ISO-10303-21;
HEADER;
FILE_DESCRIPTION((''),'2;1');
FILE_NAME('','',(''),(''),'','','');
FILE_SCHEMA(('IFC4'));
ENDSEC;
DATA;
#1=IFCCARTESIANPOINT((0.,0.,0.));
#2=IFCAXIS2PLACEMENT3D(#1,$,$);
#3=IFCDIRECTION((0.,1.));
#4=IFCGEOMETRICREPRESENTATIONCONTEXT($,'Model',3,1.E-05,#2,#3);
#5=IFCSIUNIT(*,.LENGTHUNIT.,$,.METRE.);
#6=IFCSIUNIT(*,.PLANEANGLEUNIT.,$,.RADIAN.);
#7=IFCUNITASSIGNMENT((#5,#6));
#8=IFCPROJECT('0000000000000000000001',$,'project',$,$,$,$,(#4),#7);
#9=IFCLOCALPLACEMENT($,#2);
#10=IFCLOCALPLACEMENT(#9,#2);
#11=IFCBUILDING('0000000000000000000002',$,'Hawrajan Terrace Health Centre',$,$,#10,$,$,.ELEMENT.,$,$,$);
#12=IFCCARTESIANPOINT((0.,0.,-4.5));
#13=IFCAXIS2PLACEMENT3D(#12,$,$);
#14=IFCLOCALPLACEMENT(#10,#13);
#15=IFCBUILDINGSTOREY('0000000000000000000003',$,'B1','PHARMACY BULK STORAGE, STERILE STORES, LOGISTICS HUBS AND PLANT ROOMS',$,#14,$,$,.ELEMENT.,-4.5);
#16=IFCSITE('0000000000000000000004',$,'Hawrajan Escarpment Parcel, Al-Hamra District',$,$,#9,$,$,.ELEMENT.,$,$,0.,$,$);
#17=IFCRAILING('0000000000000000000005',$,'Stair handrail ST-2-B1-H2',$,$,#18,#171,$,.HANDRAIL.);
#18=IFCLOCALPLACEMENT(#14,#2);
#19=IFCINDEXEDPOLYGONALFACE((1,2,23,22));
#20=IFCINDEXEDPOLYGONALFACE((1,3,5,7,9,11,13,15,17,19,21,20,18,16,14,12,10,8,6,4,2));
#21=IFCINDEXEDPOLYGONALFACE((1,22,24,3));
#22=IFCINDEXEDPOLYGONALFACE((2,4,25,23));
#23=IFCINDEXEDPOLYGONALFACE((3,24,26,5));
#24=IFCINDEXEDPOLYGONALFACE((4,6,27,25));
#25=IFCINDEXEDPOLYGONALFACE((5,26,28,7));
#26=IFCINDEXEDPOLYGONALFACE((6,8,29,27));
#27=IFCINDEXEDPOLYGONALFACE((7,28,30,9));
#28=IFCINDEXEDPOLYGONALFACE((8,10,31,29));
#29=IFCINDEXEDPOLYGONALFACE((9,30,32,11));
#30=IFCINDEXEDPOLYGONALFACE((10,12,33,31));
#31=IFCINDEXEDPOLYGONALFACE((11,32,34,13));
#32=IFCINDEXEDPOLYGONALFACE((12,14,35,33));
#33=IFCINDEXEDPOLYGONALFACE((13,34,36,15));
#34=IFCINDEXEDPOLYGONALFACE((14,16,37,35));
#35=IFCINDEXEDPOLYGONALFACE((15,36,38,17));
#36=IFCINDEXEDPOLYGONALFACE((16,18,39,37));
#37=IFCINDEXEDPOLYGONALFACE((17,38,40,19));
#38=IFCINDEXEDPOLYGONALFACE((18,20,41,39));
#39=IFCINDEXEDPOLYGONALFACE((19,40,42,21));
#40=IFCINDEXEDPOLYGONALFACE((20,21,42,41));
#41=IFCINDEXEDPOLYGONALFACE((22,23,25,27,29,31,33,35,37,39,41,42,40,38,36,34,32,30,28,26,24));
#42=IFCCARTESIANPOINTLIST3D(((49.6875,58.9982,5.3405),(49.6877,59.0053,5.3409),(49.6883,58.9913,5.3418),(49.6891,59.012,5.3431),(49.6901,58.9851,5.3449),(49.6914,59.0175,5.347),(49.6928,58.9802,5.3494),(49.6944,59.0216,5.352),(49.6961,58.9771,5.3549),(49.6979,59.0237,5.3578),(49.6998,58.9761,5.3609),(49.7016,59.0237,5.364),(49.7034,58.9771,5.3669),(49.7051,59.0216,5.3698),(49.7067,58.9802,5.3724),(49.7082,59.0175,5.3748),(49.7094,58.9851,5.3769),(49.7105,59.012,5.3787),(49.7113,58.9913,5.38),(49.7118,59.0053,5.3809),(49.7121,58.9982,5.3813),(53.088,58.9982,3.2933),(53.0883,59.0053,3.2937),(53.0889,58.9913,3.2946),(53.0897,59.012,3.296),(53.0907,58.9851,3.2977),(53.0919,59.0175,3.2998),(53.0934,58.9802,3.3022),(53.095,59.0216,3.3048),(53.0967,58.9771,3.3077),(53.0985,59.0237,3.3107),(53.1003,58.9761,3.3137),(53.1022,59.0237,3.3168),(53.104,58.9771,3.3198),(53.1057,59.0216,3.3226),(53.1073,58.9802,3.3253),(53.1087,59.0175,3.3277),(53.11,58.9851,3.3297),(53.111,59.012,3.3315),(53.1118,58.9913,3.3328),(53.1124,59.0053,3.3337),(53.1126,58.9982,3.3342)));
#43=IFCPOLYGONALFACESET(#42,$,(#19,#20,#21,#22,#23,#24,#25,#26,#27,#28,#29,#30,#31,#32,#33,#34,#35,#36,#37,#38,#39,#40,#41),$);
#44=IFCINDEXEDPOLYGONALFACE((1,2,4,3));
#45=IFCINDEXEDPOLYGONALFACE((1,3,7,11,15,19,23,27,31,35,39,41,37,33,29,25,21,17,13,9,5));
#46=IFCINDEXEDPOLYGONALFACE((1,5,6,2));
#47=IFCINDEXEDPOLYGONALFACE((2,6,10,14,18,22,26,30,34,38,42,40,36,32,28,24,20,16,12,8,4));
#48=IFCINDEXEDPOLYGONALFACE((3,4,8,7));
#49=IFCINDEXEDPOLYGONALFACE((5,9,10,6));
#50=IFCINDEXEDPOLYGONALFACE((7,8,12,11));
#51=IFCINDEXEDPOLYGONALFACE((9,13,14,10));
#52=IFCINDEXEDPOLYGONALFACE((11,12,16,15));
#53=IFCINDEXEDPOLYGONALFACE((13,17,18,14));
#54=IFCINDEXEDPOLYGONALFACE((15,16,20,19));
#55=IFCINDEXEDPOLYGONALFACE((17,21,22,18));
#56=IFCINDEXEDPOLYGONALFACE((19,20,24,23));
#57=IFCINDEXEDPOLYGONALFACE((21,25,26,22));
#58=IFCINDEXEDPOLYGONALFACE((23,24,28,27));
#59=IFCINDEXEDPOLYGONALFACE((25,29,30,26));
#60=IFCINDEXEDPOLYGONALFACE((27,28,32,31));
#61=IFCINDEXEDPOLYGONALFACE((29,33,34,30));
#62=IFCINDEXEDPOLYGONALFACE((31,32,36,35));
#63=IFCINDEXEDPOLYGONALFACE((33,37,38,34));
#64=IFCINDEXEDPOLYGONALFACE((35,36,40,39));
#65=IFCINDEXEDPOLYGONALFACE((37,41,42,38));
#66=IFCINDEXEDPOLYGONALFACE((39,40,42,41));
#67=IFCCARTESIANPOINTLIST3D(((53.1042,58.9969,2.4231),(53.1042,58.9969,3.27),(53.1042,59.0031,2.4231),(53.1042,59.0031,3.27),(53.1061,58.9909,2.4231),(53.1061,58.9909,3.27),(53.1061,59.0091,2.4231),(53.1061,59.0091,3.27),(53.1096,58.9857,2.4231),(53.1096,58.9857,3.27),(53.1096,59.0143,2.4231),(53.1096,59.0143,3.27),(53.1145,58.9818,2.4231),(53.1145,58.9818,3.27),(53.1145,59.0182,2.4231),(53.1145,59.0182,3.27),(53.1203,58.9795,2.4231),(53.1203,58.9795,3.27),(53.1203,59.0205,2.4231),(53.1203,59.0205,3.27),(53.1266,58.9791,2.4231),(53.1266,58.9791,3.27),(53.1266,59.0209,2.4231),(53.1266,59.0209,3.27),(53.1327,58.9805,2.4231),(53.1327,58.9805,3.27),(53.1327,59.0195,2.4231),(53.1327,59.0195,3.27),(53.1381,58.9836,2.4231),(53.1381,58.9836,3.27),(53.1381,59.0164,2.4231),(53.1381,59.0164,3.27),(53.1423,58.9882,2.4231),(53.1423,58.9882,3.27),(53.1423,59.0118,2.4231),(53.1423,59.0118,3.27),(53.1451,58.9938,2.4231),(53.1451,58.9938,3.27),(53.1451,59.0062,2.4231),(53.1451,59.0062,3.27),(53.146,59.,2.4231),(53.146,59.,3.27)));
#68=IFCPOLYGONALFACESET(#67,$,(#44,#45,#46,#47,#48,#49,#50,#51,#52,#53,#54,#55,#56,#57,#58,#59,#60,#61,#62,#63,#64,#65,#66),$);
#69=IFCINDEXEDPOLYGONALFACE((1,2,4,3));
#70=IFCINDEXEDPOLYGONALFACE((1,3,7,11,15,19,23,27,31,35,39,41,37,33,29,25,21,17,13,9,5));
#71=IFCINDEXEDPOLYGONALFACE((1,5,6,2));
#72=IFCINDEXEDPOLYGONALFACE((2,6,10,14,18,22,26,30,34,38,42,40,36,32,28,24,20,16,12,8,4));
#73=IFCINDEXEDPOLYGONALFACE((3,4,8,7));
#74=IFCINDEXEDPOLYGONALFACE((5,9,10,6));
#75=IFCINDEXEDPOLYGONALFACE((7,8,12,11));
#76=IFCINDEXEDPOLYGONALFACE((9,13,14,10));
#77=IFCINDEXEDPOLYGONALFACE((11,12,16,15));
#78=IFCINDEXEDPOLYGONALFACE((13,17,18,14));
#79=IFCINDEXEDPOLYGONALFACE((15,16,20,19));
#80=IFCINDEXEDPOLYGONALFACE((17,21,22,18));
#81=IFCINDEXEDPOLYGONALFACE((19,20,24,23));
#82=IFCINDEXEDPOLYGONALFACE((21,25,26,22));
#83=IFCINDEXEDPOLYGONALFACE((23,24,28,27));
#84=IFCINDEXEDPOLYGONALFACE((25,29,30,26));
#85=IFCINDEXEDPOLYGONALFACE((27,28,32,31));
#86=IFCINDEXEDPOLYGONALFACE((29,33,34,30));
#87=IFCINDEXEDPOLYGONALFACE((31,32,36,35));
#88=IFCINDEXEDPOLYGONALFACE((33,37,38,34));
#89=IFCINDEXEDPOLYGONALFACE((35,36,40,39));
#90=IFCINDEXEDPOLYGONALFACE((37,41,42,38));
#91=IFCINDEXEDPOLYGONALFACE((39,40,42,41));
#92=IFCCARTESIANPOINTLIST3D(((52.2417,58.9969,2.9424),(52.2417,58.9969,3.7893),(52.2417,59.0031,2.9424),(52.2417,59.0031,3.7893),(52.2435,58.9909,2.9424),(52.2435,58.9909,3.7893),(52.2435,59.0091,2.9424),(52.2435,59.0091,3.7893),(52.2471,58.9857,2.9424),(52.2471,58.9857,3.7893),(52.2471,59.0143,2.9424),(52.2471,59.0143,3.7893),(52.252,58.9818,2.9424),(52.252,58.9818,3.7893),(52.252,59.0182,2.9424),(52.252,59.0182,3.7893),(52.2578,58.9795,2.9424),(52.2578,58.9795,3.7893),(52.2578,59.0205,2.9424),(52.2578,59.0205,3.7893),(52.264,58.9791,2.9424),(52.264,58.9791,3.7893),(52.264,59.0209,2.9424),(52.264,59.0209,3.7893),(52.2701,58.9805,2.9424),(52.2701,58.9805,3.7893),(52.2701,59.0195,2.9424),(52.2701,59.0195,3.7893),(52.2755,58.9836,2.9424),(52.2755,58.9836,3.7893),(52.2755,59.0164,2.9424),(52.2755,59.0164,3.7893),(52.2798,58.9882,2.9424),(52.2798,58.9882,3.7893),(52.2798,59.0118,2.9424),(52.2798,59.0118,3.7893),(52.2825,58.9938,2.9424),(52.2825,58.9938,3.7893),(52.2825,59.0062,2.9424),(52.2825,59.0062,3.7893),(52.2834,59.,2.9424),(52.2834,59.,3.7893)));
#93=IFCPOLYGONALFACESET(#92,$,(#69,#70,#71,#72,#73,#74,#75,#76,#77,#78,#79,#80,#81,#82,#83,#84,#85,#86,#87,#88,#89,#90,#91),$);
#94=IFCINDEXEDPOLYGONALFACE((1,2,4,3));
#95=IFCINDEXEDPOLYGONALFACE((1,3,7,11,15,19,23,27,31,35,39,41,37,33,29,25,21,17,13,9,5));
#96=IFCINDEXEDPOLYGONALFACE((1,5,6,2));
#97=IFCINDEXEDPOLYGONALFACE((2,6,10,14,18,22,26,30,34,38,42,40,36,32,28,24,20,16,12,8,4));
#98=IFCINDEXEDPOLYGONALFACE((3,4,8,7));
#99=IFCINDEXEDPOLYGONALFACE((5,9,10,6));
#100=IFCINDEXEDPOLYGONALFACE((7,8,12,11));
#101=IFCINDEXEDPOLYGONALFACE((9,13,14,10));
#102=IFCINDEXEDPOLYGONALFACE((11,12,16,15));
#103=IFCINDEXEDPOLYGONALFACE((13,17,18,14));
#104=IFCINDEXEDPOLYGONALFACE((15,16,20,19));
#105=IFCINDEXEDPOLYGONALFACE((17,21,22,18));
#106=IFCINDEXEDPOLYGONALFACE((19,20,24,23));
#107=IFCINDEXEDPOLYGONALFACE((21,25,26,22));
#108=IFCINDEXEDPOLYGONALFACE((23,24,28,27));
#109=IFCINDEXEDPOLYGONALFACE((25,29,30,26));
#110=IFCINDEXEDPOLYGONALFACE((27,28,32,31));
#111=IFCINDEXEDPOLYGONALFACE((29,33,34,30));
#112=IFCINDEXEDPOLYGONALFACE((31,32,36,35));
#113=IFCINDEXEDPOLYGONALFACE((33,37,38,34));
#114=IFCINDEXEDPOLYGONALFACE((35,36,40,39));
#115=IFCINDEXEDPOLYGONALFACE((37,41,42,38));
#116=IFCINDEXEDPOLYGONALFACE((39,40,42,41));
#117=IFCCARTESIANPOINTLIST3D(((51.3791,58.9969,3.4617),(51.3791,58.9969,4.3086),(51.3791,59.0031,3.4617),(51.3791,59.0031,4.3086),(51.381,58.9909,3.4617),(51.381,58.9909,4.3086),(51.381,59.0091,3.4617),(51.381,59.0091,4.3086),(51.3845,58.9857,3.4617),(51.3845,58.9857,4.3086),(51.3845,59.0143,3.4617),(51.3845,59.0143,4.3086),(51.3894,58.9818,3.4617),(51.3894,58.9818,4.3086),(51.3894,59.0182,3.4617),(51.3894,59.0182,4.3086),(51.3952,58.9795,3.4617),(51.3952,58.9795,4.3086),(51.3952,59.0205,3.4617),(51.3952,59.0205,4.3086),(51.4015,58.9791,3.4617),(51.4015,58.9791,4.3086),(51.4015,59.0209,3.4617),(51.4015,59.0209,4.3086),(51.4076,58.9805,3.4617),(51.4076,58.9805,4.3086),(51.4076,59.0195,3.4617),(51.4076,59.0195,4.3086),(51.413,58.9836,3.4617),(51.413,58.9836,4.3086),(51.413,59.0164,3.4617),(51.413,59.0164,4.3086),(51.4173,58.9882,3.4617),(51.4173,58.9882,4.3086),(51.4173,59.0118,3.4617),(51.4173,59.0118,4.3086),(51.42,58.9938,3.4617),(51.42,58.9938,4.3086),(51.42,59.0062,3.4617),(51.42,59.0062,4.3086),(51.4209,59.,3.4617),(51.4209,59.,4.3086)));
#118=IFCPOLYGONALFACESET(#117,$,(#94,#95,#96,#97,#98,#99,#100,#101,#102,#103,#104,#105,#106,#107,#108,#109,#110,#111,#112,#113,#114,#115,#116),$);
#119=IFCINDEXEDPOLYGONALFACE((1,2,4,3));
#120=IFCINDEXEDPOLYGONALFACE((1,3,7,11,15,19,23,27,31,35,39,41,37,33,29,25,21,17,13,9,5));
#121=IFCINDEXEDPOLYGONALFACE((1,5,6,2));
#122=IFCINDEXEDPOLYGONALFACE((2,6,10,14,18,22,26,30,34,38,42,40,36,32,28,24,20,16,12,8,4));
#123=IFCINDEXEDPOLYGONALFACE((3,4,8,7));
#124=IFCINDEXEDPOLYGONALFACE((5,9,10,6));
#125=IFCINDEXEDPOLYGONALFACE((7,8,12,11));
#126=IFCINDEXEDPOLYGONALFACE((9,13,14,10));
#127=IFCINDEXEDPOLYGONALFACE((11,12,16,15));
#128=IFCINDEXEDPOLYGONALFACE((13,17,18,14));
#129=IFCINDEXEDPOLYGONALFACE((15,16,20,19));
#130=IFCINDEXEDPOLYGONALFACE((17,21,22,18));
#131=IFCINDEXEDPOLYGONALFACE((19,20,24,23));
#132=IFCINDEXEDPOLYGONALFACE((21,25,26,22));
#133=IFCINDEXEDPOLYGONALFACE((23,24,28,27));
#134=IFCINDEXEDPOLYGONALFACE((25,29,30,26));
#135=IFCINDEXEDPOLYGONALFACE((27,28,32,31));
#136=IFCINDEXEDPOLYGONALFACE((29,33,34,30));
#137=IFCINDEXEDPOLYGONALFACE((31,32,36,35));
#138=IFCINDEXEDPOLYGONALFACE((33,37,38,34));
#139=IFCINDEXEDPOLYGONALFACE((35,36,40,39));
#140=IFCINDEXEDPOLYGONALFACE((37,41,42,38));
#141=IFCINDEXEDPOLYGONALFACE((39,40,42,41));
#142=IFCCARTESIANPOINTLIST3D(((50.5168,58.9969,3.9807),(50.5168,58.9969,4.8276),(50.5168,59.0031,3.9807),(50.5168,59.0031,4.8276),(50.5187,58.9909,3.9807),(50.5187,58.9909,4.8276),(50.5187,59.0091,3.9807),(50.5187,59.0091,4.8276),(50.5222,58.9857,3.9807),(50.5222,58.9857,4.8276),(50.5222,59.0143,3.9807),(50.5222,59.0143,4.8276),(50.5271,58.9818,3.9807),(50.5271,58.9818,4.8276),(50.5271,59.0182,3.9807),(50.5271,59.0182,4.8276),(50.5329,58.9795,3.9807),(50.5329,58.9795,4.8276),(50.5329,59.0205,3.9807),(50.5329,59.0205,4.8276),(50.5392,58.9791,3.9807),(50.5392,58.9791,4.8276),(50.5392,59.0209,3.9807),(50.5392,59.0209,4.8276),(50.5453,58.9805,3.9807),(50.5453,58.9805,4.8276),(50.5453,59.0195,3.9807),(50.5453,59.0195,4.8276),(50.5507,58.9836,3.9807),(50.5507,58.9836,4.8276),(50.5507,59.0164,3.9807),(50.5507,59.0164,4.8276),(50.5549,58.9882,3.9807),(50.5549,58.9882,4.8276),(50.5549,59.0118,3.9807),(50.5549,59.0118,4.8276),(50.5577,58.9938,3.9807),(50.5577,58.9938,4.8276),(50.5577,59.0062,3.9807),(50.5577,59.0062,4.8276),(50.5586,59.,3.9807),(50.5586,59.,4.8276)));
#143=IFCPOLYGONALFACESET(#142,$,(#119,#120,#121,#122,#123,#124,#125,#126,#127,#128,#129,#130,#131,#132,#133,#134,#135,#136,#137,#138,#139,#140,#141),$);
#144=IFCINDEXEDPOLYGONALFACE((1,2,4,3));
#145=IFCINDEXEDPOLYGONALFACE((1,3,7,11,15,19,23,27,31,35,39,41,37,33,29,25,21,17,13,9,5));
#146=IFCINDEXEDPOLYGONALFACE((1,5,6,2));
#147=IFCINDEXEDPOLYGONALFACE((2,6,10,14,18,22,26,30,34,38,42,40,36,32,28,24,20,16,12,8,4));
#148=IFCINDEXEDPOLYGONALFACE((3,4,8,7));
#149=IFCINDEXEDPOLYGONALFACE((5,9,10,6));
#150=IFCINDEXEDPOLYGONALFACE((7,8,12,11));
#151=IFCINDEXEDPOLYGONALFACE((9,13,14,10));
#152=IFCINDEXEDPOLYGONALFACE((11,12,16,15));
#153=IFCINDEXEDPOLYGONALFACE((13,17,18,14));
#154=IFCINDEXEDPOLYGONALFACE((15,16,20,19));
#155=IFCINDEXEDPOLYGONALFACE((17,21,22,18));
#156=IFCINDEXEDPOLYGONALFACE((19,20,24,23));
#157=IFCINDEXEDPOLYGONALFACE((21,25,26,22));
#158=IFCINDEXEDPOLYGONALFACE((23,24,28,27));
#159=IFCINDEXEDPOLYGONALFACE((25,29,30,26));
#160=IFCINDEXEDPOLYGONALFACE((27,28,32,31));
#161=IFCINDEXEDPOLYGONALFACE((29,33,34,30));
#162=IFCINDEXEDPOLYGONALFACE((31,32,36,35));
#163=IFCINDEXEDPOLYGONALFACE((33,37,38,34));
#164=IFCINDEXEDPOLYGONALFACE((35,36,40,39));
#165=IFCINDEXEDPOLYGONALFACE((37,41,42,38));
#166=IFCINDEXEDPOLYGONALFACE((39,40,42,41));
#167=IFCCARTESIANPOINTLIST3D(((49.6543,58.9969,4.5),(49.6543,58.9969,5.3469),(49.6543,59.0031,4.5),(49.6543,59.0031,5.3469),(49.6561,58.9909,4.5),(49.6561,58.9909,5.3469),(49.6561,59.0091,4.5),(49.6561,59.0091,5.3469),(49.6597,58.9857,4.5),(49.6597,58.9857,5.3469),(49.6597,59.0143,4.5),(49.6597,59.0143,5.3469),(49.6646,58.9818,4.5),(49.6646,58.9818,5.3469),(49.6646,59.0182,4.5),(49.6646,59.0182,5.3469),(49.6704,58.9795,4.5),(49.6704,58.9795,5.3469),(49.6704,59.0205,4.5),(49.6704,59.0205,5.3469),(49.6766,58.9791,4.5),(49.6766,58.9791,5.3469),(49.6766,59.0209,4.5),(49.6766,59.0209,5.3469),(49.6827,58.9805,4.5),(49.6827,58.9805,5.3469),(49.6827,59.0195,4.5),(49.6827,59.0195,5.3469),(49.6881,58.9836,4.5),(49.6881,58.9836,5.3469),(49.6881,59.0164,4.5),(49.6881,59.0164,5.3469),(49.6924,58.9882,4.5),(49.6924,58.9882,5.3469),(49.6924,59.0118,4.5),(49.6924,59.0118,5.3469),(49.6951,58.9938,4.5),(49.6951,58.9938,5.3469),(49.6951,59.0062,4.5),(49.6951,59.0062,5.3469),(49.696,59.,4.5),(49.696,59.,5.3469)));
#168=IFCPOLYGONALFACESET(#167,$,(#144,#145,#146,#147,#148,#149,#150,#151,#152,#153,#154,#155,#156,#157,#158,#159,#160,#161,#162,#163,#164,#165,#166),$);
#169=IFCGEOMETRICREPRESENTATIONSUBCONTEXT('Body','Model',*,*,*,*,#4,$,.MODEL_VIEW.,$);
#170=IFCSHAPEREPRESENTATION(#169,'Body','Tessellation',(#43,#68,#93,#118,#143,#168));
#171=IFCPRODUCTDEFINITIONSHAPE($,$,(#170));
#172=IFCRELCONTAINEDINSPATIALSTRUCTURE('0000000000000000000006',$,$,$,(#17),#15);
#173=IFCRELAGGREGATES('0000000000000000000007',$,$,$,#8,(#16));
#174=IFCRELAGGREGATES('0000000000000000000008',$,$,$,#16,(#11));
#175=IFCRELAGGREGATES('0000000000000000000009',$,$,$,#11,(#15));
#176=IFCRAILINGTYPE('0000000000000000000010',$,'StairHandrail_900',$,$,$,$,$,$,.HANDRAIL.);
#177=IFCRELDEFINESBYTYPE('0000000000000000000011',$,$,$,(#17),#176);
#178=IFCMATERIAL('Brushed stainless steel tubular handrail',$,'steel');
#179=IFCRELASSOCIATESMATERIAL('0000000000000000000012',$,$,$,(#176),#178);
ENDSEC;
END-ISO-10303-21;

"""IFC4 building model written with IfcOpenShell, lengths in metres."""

from ifc_helpers import new_model, si_unit, direction, frame, origin, origin_2d, place, context, subcontext, project, spatial, circle, extrude, material, type_object, element, save


model = new_model("IFC4")

# Units and contexts
model_context = context("Model", 3, precision=1e-05, world=origin(), true_north=direction((0.0, 1.0)))
body_context = subcontext(model_context, "Body", "Model", "MODEL_VIEW")
ifc_project = project(units=[si_unit("LENGTHUNIT", "METRE"), si_unit("PLANEANGLEUNIT", "RADIAN")], contexts=[model_context])

# Site, building, storey
site_placement = place(None, origin())
site = spatial("IfcSite", under=ifc_project, at=site_placement, Name="Hawrajan Escarpment Parcel, Al-Hamra District", CompositionType="ELEMENT", RefElevation=0.0)
building_placement = place(site_placement, origin())
building = spatial("IfcBuilding", under=site, at=building_placement, Name="Hawrajan Terrace Health Centre", CompositionType="ELEMENT")
storey_placement = place(building_placement, frame((0.0, 0.0, -4.5)))
storey = spatial("IfcBuildingStorey", under=building, at=storey_placement, Name="B1", Description="PHARMACY BULK STORAGE, STERILE STORES, LOGISTICS HUBS AND PLANT ROOMS", CompositionType="ELEMENT", Elevation=-4.5)

# Railing
ifc_material_1 = material(Name="Brushed stainless steel tubular handrail", Category="steel")
railing_type = type_object("IfcRailingType", Name="StairHandrail_900", PredefinedType="HANDRAIL", material=ifc_material_1)
railing_placement = place(storey_placement, frame((53.125, 59.0, 2.4231)))
element("IfcRailing", 1, at=railing_placement, inside=storey, type_object=railing_type, Name="Stair handrail ST-2-B1-H2", PredefinedType="HANDRAIL", context=body_context, shape_type="SweptSolid", body=[
    extrude(circle(Radius=0.0239, at=origin_2d()), frame((-0.0247, 0.0, 0.8906), z_axis=(-0.856732, 0.0, 0.515761), x_axis=(0.0, -1.0, 0.0)), (0.0, 0.0, 1.0), 3.9692),
    extrude(circle(Radius=0.021, at=origin_2d()), origin(), (0.0, 0.0, 1.0), 0.8469),
    extrude(circle(Radius=0.021, at=origin_2d()), frame((-0.8625, 0.0, 0.5193)), (0.0, 0.0, 1.0), 0.8469),
    extrude(circle(Radius=0.021, at=origin_2d()), frame((-1.7251, 0.0, 1.0386)), (0.0, 0.0, 1.0), 0.8469),
    extrude(circle(Radius=0.021, at=origin_2d()), frame((-2.5874, 0.0, 1.5576)), (0.0, 0.0, 1.0), 0.8469),
    extrude(circle(Radius=0.021, at=origin_2d()), frame((-3.45, 0.0, 2.0769)), (0.0, 0.0, 1.0), 0.8469),
])

save(model, "model.ifc")
